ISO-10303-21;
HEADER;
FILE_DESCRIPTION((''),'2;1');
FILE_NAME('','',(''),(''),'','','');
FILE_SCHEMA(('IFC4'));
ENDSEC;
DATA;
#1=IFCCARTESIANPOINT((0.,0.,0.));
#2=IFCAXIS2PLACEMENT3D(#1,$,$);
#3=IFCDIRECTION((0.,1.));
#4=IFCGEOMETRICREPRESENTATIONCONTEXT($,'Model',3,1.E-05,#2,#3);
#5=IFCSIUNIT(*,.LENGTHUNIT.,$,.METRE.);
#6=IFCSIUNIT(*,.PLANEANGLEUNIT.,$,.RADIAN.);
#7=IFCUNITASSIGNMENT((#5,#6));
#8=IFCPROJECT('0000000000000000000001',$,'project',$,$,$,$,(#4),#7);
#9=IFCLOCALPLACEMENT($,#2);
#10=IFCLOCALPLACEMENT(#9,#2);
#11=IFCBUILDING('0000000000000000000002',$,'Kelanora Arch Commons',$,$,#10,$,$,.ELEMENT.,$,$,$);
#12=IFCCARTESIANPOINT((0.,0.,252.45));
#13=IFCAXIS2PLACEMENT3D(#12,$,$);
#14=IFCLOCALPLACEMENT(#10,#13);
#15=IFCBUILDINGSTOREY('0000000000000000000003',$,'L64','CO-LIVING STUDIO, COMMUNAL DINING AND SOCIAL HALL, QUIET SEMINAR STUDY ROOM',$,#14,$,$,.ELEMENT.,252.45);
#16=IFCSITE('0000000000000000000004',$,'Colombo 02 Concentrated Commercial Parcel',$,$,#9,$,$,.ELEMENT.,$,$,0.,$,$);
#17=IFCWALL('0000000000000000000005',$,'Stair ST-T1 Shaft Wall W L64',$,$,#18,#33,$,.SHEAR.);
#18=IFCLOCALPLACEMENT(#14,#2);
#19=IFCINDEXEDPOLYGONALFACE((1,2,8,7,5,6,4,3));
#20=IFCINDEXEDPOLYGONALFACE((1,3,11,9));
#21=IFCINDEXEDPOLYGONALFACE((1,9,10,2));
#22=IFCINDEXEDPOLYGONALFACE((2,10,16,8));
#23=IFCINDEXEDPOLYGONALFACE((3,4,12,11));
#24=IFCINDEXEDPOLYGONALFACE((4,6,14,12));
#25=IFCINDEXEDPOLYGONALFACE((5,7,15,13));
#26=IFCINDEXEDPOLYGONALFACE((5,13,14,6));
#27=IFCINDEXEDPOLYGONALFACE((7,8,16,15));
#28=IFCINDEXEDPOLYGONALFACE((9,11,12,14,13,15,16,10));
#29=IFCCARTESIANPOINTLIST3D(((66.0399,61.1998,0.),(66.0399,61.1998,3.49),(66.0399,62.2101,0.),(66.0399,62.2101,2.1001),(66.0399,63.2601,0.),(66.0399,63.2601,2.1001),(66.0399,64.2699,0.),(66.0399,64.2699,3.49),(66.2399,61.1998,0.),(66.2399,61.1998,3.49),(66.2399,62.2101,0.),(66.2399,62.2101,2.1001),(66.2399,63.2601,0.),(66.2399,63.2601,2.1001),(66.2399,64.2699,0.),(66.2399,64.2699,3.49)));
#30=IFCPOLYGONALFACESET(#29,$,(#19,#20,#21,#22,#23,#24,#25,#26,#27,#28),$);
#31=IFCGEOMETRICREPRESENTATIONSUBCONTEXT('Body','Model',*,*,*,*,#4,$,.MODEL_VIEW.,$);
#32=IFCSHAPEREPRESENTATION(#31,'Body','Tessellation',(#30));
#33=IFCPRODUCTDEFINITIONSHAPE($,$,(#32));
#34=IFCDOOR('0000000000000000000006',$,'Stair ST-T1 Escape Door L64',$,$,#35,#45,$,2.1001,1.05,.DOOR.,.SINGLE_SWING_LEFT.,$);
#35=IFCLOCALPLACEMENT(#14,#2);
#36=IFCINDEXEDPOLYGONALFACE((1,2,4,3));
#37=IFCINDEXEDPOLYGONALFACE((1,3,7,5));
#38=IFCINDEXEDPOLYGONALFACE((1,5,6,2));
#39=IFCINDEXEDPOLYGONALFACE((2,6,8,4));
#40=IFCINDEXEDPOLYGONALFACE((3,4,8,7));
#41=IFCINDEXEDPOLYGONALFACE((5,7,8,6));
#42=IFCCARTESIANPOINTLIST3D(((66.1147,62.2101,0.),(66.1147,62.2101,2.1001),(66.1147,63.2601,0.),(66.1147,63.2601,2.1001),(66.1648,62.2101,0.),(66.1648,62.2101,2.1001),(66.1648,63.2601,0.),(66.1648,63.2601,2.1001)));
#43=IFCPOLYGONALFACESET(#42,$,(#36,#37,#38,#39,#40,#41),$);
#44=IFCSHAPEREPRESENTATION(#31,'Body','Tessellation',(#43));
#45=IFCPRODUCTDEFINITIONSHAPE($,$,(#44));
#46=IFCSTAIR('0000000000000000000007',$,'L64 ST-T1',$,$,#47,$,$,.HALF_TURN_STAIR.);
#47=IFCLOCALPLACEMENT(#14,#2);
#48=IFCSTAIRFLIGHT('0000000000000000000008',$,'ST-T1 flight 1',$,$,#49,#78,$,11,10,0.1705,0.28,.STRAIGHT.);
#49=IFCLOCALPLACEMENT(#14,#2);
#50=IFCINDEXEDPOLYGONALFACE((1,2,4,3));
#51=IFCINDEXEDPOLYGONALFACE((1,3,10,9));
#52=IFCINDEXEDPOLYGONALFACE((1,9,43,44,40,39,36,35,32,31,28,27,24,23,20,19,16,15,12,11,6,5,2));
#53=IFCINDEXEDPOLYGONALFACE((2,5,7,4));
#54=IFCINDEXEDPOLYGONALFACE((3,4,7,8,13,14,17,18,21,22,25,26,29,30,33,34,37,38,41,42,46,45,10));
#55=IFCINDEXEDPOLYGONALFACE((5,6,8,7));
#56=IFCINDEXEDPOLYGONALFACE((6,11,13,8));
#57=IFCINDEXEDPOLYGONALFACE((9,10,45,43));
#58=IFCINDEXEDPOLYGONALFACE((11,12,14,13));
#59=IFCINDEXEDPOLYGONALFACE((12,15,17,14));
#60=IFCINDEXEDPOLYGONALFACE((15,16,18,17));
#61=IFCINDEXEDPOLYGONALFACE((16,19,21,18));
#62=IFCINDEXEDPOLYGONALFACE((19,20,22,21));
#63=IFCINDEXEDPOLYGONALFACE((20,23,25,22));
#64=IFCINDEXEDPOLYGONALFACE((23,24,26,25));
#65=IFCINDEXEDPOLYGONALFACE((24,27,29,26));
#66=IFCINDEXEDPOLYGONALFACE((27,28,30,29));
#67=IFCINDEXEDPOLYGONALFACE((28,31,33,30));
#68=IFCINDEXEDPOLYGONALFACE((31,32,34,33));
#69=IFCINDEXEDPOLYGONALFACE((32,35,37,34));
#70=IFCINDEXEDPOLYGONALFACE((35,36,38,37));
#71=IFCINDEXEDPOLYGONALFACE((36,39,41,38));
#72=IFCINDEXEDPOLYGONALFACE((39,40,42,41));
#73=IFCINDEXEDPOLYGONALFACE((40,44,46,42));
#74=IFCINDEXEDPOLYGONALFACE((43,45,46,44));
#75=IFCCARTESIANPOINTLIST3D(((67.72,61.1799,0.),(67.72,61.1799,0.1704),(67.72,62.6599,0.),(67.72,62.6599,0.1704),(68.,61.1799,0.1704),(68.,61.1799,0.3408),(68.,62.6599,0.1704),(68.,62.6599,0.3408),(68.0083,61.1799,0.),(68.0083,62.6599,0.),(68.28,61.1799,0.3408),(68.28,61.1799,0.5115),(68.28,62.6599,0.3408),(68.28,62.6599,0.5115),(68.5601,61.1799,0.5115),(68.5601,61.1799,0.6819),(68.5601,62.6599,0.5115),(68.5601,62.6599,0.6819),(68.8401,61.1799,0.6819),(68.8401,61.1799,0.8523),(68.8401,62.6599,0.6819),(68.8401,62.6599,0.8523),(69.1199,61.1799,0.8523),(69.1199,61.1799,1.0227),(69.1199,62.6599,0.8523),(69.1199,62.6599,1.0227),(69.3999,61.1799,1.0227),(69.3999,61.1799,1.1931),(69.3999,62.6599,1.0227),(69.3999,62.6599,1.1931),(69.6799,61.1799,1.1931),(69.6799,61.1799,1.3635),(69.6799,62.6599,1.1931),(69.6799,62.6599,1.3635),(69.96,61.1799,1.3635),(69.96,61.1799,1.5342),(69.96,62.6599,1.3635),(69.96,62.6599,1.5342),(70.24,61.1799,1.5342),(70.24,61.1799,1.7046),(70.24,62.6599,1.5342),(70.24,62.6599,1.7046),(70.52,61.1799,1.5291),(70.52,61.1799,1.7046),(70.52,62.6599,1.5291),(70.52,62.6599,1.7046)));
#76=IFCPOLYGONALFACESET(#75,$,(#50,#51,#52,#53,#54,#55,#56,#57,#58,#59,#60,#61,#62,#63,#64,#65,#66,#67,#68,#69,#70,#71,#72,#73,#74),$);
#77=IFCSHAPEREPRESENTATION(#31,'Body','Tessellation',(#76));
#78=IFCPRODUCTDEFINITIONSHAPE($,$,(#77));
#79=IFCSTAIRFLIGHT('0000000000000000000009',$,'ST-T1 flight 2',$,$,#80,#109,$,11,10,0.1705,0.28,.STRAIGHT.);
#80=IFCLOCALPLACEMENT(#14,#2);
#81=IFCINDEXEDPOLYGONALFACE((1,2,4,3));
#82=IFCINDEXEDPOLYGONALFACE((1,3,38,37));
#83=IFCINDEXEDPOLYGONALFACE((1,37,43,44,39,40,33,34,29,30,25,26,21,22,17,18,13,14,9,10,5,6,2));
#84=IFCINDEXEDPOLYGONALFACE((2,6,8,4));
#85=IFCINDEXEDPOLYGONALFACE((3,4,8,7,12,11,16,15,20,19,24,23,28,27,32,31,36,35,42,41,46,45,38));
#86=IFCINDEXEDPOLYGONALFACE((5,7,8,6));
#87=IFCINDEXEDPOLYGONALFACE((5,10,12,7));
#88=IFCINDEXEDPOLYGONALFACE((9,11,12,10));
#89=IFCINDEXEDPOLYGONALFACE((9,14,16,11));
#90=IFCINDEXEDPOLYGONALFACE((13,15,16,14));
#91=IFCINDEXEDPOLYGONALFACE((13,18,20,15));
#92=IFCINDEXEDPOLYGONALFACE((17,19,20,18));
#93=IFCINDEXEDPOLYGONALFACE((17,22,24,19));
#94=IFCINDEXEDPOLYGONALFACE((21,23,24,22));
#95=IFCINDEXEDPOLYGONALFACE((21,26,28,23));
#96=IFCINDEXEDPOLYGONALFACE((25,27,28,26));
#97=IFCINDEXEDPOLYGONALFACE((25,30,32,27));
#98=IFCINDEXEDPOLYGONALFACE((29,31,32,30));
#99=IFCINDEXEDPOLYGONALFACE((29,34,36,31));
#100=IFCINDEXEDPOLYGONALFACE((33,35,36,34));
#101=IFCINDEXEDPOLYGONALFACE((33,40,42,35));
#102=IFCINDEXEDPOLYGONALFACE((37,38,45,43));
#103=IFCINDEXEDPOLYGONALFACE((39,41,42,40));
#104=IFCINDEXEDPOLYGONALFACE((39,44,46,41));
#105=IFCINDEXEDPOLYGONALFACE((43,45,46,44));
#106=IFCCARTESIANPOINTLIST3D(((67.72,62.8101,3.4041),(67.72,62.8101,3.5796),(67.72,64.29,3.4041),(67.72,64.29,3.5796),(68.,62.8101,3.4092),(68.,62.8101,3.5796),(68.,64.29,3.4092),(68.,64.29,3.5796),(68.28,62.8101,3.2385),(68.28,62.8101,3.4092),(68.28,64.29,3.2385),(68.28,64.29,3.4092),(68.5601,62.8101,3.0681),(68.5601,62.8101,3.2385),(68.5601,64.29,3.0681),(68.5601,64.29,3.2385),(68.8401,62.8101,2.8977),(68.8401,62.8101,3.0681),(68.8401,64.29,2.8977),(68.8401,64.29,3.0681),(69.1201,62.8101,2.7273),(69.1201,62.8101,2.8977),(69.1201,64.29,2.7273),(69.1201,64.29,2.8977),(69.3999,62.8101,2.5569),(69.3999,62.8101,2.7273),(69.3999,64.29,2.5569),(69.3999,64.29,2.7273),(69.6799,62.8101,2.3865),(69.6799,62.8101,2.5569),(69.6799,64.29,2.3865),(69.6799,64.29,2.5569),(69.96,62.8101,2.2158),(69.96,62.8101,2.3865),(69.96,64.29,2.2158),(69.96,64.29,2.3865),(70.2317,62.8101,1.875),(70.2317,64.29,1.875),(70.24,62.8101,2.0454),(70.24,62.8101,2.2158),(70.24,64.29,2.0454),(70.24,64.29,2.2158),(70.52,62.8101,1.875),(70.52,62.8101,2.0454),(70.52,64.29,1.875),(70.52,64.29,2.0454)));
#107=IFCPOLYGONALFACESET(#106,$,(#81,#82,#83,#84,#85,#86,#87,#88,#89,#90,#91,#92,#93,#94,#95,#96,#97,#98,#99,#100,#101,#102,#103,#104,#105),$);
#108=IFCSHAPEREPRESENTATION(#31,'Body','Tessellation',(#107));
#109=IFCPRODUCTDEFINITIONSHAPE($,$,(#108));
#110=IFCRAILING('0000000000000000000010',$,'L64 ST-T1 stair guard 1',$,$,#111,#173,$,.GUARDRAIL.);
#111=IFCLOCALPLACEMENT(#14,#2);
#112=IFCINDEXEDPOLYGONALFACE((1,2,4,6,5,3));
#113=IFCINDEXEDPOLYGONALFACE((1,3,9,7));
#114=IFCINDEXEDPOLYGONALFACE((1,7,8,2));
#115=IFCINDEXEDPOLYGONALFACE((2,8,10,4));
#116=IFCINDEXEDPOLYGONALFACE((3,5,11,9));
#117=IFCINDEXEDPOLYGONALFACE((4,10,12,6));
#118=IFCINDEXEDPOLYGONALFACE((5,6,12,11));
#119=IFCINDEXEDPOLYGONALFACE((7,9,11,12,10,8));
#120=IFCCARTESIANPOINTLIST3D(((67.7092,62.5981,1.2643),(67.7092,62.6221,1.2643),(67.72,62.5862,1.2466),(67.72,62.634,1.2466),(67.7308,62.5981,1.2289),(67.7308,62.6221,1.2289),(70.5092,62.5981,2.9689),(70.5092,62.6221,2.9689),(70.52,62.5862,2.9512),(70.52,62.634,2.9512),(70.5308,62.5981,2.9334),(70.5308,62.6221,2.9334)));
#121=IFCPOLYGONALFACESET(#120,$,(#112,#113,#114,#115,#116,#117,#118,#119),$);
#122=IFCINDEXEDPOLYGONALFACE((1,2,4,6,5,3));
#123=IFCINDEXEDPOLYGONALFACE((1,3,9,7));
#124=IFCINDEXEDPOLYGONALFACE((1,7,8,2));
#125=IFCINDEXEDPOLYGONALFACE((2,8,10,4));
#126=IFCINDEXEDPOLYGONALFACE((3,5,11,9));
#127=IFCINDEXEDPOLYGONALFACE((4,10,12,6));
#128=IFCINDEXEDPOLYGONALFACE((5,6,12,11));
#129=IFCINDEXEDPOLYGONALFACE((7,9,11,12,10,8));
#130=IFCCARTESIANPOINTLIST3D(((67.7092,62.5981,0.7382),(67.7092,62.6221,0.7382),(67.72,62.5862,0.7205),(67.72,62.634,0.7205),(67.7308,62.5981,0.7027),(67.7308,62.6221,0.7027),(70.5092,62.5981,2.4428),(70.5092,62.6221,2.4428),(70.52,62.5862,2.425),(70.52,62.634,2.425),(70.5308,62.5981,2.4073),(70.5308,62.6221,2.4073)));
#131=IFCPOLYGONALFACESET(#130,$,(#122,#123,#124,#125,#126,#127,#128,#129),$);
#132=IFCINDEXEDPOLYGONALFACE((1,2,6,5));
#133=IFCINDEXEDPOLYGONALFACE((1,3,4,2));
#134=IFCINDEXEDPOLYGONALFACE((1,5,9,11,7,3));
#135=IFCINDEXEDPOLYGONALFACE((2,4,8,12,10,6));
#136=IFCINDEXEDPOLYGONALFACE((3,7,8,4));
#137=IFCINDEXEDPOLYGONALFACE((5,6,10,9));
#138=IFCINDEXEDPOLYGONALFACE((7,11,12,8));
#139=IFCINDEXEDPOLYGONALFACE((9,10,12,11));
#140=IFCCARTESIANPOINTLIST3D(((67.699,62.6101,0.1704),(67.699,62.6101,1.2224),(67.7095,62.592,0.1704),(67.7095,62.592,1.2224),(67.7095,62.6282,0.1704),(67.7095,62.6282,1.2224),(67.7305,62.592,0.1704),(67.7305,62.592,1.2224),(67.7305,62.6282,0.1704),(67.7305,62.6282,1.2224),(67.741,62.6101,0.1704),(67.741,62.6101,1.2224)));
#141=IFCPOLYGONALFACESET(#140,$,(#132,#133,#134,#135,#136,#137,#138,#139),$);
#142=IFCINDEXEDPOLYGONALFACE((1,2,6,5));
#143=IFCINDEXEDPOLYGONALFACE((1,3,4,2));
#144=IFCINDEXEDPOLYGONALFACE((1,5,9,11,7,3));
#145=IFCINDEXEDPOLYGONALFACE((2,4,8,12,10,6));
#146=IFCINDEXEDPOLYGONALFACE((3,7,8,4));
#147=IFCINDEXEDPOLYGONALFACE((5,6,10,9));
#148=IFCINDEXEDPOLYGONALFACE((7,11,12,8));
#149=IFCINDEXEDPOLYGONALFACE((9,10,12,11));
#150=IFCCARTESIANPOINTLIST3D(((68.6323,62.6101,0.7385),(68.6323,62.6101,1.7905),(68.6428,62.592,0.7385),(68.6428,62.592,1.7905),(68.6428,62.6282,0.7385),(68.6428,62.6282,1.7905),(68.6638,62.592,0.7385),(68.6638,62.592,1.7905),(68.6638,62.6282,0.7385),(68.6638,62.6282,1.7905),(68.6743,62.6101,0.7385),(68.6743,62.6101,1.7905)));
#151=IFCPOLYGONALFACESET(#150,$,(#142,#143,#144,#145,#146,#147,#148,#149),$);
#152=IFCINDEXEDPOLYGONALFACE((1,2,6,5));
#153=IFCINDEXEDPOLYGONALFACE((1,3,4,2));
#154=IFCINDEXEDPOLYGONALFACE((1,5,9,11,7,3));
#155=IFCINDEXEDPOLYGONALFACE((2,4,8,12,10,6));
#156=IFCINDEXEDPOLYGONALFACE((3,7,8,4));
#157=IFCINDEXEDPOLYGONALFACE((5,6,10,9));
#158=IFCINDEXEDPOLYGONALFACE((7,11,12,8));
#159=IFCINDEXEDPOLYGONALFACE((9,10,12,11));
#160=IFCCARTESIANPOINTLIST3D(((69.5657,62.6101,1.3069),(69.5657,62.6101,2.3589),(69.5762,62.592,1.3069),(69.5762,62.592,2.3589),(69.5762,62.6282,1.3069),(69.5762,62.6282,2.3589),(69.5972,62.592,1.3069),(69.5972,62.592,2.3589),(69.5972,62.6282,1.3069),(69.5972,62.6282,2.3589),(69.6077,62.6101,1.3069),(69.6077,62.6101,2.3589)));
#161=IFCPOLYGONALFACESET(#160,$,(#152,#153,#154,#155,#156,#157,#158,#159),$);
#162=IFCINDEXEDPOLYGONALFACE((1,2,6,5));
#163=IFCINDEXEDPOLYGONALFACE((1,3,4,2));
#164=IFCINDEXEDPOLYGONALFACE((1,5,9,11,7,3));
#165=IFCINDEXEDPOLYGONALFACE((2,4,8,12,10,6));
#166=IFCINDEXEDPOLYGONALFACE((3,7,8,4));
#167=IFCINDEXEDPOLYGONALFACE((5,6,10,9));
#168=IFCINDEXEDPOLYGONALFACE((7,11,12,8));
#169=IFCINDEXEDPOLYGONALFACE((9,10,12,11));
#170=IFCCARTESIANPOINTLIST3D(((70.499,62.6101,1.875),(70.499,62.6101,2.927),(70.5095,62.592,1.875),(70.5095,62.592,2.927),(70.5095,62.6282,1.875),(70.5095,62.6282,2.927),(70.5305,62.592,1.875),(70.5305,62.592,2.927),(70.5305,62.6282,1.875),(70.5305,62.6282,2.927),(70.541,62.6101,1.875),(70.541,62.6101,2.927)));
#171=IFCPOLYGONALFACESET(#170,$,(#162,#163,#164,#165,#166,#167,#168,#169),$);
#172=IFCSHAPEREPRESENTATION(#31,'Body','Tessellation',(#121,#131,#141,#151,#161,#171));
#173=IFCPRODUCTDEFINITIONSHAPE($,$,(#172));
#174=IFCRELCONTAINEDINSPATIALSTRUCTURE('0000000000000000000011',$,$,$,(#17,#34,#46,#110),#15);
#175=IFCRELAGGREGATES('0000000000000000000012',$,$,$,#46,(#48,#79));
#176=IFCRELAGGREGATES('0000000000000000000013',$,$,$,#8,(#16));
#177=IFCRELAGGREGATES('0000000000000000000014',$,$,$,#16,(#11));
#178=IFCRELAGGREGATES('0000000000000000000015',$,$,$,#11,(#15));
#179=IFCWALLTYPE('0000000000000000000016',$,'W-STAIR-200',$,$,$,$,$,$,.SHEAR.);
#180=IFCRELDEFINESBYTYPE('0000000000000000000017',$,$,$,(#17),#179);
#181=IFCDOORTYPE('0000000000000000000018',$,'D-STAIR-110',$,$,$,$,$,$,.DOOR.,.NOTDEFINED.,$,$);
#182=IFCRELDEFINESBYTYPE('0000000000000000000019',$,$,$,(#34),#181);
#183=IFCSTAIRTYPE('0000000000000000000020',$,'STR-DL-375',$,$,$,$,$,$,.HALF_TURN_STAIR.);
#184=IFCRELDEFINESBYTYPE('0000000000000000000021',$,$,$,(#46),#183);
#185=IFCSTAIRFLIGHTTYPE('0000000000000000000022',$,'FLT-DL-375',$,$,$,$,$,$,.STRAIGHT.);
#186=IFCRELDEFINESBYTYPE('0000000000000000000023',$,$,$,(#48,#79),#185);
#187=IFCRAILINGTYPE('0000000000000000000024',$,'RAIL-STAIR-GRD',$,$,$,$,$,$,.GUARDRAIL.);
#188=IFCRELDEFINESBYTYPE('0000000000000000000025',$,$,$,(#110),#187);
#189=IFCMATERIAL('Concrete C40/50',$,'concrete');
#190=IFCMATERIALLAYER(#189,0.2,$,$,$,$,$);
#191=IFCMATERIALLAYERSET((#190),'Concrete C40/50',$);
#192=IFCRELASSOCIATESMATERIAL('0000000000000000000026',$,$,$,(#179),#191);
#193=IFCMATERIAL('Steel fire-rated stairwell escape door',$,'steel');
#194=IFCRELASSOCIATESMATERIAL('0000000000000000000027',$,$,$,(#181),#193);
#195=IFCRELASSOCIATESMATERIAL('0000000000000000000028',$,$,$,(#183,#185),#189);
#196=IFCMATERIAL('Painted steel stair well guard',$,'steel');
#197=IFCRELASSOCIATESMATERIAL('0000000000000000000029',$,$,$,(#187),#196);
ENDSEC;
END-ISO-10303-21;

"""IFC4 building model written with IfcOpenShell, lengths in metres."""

from ifc_helpers import new_model, si_unit, direction, frame, frame_2d, origin, place, context, subcontext, project, spatial, polyline, rectangle, outline, extrude, material, layer, layer_set, type_object, element, fill, aggregate, save


model = new_model("IFC4")

# Units and contexts
model_context = context("Model", 3, precision=1e-05, world=origin(), true_north=direction((0.0, 1.0)))
body_context = subcontext(model_context, "Body", "Model", "MODEL_VIEW")
ifc_project = project(units=[si_unit("LENGTHUNIT", "METRE"), si_unit("PLANEANGLEUNIT", "RADIAN")], contexts=[model_context])

# Site, building, storey
site_placement = place(None, origin())
site = spatial("IfcSite", under=ifc_project, at=site_placement, Name="Colombo 02 Concentrated Commercial Parcel", CompositionType="ELEMENT", RefElevation=0.0)
building_placement = place(site_placement, origin())
building = spatial("IfcBuilding", under=site, at=building_placement, Name="Kelanora Arch Commons", CompositionType="ELEMENT")
storey_placement = place(building_placement, frame((0.0, 0.0, 252.45)))
storey = spatial("IfcBuildingStorey", under=building, at=storey_placement, Name="L64", Description="CO-LIVING STUDIO, COMMUNAL DINING AND SOCIAL HALL, QUIET SEMINAR STUDY ROOM", CompositionType="ELEMENT", Elevation=252.45)

# Shared definitions
ifc_material_1 = material(Name="Concrete C40/50", Category="concrete")
ifc_layer_1 = layer(ifc_material_1, 0.2)
ifc_layer_set_1 = layer_set([ifc_layer_1], Name="Concrete C40/50")
wall_type_1 = type_object("IfcWallType", Name="W-STAIR-200", PredefinedType="SHEAR", material=ifc_layer_set_1)

# Wall, opening, door
wall_1_placement = place(storey_placement, frame((66.1399, 64.27, 0.0), z_axis=(0.0, 0.0, 1.0), x_axis=(0.0, -1.0, 0.0)))
wall_1 = element("IfcWall", 1, at=wall_1_placement, inside=storey, type_object=wall_type_1, Name="Stair ST-T1 Shaft Wall W L64", PredefinedType="SHEAR", context=body_context, shape_type="SweptSolid", body=[
    extrude(rectangle(XDim=3.0701, YDim=0.2, at=frame_2d((1.5352, 0.0))), origin(), (0.0, 0.0, 1.0), 3.49),
])
opening_1_placement = place(wall_1_placement, frame((1.01, 0.0, 0.0)))
opening_1 = element("IfcOpeningElement", 2, at=opening_1_placement, cuts=wall_1, PredefinedType="OPENING", context=body_context, shape_type="SweptSolid", body=[
    extrude(rectangle(XDim=1.05, YDim=2.1001, at=frame_2d((0.5249, 1.05))), frame((0.0, 0.1099, 0.0), z_axis=(0.0, -1.0, 0.0), x_axis=(1.0, 0.0, 0.0)), (0.0, 0.0, 1.0), 0.22),
])
ifc_material_2 = material(Name="Steel fire-rated stairwell escape door", Category="steel")
door_type_1 = type_object("IfcDoorType", Name="D-STAIR-110", OperationType="NOTDEFINED", PredefinedType="DOOR", material=ifc_material_2)
door_1_placement = place(opening_1_placement, origin())
door_1 = element("IfcDoor", 3, at=door_1_placement, inside=storey, type_object=door_type_1, Name="Stair ST-T1 Escape Door L64", OperationType="SINGLE_SWING_LEFT", OverallHeight=2.1001, OverallWidth=1.05, PredefinedType="DOOR", context=body_context, shape_type="SweptSolid", body=[
    extrude(rectangle(XDim=1.05, YDim=2.1001, at=frame_2d((0.5249, 1.05))), frame((0.0, 0.0249, 0.0), z_axis=(0.0, -1.0, 0.0), x_axis=(1.0, 0.0, 0.0)), (0.0, 0.0, 1.0), 0.05),
])
fill(opening_1, door_1)

# Stair, stair flights
stair_type = type_object("IfcStairType", Name="STR-DL-375", PredefinedType="HALF_TURN_STAIR", material=ifc_material_1)
stair_placement = place(storey_placement, origin())
stair = element("IfcStair", 4, at=stair_placement, inside=storey, type_object=stair_type, Name="L64 ST-T1", PredefinedType="HALF_TURN_STAIR")
stair_flight_type = type_object("IfcStairFlightType", Name="FLT-DL-375", PredefinedType="STRAIGHT", material=ifc_material_1)
stair_flight_1_placement = place(storey_placement, frame((67.72, 61.9199, 0.0), z_axis=(0.0, 0.0, 1.0), x_axis=(1.0, 0.0, 0.0)))
stair_flight_1 = element("IfcStairFlight", 5, at=stair_flight_1_placement, type_object=stair_flight_type, Name="ST-T1 flight 1", NumberOfRisers=11, NumberOfTreads=10, PredefinedType="STRAIGHT", RiserHeight=0.1705, TreadLength=0.28, context=body_context, shape_type="SweptSolid", body=[
    extrude(outline(polyline([(0.0, 0.0), (0.0, 0.1704), (0.28, 0.1704), (0.28, 0.3408), (0.5601, 0.3408), (0.5601, 0.5115), (0.8401, 0.5115), (0.8401, 0.6819), (1.1201, 0.6819), (1.1201, 0.8523), (1.3999, 0.8523), (1.3999, 1.0227), (1.6799, 1.0227), (1.6799, 1.1931), (1.96, 1.1931), (1.96, 1.3635), (2.24, 1.3635), (2.24, 1.5342), (2.52, 1.5342), (2.52, 1.7046), (2.8, 1.7046), (2.8, 1.875), (2.8, 1.5291), (0.2883, 0.0), (0.0, 0.0)])), frame((0.0, 0.74, 0.0), z_axis=(0.0, -1.0, 0.0), x_axis=(1.0, 0.0, 0.0)), (0.0, 0.0, 1.0), 1.48),
])
stair_flight_2_placement = place(storey_placement, frame((70.52, 63.55, 1.875), z_axis=(0.0, 0.0, 1.0), x_axis=(-1.0, 0.0, 0.0)))
stair_flight_2 = element("IfcStairFlight", 6, at=stair_flight_2_placement, type_object=stair_flight_type, Name="ST-T1 flight 2", NumberOfRisers=11, NumberOfTreads=10, PredefinedType="STRAIGHT", RiserHeight=0.1705, TreadLength=0.28, context=body_context, shape_type="SweptSolid", body=[
    extrude(outline(polyline([(0.0, 0.0), (0.0, 0.1704), (0.28, 0.1704), (0.28, 0.3408), (0.5601, 0.3408), (0.5601, 0.5115), (0.8401, 0.5115), (0.8401, 0.6819), (1.1201, 0.6819), (1.1201, 0.8523), (1.3999, 0.8523), (1.3999, 1.0227), (1.6799, 1.0227), (1.6799, 1.1931), (1.96, 1.1931), (1.96, 1.3635), (2.24, 1.3635), (2.24, 1.5342), (2.52, 1.5342), (2.52, 1.7046), (2.8, 1.7046), (2.8, 1.875), (2.8, 1.5291), (0.2883, 0.0), (0.0, 0.0)])), frame((0.0, 0.74, 0.0), z_axis=(0.0, -1.0, 0.0), x_axis=(1.0, 0.0, 0.0)), (0.0, 0.0, 1.0), 1.48),
])
aggregate(stair, [stair_flight_1, stair_flight_2])

# Railing
ifc_material_3 = material(Name="Painted steel stair well guard", Category="steel")
railing_type_1 = type_object("IfcRailingType", Name="RAIL-STAIR-GRD", PredefinedType="GUARDRAIL", material=ifc_material_3)
railing_1_placement = place(storey_placement, frame((67.72, 62.6101, 0.1704)))
element("IfcRailing", 7, at=railing_1_placement, inside=storey, type_object=railing_type_1, Name="L64 ST-T1 stair guard 1", PredefinedType="GUARDRAIL", context=body_context, shape_type="SweptSolid", body=[
    extrude(outline(polyline([(0.0239, 0.0), (0.012, 0.0208), (-0.012, 0.0208), (-0.0239, 0.0), (-0.012, -0.0208), (0.012, -0.0208), (0.0239, 0.0)])), frame((0.0, 0.0, 1.0762), z_axis=(0.85417, 0.0, 0.519994), x_axis=(0.0, 1.0, 0.0)), (0.0, 0.0, 1.0), 3.2781),
    extrude(outline(polyline([(0.0239, 0.0), (0.012, 0.0208), (-0.012, 0.0208), (-0.0239, 0.0), (-0.012, -0.0208), (0.012, -0.0208), (0.0239, 0.0)])), frame((0.0, 0.0, 0.55), z_axis=(0.85417, 0.0, 0.519994), x_axis=(0.0, 1.0, 0.0)), (0.0, 0.0, 1.0), 3.2781),
    extrude(outline(polyline([(0.021, 0.0), (0.0105, 0.0181), (-0.0105, 0.0181), (-0.021, 0.0), (-0.0105, -0.0181), (0.0105, -0.0181), (0.021, 0.0)])), origin(), (0.0, 0.0, 1.0), 1.052),
    extrude(outline(polyline([(0.021, 0.0), (0.0105, 0.0181), (-0.0105, 0.0181), (-0.021, 0.0), (-0.0105, -0.0181), (0.0105, -0.0181), (0.021, 0.0)])), frame((0.9333, 0.0, 0.5681)), (0.0, 0.0, 1.0), 1.052),
    extrude(outline(polyline([(0.021, 0.0), (0.0105, 0.0181), (-0.0105, 0.0181), (-0.021, 0.0), (-0.0105, -0.0181), (0.0105, -0.0181), (0.021, 0.0)])), frame((1.8667, 0.0, 1.1365)), (0.0, 0.0, 1.0), 1.052),
    extrude(outline(polyline([(0.021, 0.0), (0.0105, 0.0181), (-0.0105, 0.0181), (-0.021, 0.0), (-0.0105, -0.0181), (0.0105, -0.0181), (0.021, 0.0)])), frame((2.8, 0.0, 1.7046)), (0.0, 0.0, 1.0), 1.052),
])

save(model, "model.ifc")
